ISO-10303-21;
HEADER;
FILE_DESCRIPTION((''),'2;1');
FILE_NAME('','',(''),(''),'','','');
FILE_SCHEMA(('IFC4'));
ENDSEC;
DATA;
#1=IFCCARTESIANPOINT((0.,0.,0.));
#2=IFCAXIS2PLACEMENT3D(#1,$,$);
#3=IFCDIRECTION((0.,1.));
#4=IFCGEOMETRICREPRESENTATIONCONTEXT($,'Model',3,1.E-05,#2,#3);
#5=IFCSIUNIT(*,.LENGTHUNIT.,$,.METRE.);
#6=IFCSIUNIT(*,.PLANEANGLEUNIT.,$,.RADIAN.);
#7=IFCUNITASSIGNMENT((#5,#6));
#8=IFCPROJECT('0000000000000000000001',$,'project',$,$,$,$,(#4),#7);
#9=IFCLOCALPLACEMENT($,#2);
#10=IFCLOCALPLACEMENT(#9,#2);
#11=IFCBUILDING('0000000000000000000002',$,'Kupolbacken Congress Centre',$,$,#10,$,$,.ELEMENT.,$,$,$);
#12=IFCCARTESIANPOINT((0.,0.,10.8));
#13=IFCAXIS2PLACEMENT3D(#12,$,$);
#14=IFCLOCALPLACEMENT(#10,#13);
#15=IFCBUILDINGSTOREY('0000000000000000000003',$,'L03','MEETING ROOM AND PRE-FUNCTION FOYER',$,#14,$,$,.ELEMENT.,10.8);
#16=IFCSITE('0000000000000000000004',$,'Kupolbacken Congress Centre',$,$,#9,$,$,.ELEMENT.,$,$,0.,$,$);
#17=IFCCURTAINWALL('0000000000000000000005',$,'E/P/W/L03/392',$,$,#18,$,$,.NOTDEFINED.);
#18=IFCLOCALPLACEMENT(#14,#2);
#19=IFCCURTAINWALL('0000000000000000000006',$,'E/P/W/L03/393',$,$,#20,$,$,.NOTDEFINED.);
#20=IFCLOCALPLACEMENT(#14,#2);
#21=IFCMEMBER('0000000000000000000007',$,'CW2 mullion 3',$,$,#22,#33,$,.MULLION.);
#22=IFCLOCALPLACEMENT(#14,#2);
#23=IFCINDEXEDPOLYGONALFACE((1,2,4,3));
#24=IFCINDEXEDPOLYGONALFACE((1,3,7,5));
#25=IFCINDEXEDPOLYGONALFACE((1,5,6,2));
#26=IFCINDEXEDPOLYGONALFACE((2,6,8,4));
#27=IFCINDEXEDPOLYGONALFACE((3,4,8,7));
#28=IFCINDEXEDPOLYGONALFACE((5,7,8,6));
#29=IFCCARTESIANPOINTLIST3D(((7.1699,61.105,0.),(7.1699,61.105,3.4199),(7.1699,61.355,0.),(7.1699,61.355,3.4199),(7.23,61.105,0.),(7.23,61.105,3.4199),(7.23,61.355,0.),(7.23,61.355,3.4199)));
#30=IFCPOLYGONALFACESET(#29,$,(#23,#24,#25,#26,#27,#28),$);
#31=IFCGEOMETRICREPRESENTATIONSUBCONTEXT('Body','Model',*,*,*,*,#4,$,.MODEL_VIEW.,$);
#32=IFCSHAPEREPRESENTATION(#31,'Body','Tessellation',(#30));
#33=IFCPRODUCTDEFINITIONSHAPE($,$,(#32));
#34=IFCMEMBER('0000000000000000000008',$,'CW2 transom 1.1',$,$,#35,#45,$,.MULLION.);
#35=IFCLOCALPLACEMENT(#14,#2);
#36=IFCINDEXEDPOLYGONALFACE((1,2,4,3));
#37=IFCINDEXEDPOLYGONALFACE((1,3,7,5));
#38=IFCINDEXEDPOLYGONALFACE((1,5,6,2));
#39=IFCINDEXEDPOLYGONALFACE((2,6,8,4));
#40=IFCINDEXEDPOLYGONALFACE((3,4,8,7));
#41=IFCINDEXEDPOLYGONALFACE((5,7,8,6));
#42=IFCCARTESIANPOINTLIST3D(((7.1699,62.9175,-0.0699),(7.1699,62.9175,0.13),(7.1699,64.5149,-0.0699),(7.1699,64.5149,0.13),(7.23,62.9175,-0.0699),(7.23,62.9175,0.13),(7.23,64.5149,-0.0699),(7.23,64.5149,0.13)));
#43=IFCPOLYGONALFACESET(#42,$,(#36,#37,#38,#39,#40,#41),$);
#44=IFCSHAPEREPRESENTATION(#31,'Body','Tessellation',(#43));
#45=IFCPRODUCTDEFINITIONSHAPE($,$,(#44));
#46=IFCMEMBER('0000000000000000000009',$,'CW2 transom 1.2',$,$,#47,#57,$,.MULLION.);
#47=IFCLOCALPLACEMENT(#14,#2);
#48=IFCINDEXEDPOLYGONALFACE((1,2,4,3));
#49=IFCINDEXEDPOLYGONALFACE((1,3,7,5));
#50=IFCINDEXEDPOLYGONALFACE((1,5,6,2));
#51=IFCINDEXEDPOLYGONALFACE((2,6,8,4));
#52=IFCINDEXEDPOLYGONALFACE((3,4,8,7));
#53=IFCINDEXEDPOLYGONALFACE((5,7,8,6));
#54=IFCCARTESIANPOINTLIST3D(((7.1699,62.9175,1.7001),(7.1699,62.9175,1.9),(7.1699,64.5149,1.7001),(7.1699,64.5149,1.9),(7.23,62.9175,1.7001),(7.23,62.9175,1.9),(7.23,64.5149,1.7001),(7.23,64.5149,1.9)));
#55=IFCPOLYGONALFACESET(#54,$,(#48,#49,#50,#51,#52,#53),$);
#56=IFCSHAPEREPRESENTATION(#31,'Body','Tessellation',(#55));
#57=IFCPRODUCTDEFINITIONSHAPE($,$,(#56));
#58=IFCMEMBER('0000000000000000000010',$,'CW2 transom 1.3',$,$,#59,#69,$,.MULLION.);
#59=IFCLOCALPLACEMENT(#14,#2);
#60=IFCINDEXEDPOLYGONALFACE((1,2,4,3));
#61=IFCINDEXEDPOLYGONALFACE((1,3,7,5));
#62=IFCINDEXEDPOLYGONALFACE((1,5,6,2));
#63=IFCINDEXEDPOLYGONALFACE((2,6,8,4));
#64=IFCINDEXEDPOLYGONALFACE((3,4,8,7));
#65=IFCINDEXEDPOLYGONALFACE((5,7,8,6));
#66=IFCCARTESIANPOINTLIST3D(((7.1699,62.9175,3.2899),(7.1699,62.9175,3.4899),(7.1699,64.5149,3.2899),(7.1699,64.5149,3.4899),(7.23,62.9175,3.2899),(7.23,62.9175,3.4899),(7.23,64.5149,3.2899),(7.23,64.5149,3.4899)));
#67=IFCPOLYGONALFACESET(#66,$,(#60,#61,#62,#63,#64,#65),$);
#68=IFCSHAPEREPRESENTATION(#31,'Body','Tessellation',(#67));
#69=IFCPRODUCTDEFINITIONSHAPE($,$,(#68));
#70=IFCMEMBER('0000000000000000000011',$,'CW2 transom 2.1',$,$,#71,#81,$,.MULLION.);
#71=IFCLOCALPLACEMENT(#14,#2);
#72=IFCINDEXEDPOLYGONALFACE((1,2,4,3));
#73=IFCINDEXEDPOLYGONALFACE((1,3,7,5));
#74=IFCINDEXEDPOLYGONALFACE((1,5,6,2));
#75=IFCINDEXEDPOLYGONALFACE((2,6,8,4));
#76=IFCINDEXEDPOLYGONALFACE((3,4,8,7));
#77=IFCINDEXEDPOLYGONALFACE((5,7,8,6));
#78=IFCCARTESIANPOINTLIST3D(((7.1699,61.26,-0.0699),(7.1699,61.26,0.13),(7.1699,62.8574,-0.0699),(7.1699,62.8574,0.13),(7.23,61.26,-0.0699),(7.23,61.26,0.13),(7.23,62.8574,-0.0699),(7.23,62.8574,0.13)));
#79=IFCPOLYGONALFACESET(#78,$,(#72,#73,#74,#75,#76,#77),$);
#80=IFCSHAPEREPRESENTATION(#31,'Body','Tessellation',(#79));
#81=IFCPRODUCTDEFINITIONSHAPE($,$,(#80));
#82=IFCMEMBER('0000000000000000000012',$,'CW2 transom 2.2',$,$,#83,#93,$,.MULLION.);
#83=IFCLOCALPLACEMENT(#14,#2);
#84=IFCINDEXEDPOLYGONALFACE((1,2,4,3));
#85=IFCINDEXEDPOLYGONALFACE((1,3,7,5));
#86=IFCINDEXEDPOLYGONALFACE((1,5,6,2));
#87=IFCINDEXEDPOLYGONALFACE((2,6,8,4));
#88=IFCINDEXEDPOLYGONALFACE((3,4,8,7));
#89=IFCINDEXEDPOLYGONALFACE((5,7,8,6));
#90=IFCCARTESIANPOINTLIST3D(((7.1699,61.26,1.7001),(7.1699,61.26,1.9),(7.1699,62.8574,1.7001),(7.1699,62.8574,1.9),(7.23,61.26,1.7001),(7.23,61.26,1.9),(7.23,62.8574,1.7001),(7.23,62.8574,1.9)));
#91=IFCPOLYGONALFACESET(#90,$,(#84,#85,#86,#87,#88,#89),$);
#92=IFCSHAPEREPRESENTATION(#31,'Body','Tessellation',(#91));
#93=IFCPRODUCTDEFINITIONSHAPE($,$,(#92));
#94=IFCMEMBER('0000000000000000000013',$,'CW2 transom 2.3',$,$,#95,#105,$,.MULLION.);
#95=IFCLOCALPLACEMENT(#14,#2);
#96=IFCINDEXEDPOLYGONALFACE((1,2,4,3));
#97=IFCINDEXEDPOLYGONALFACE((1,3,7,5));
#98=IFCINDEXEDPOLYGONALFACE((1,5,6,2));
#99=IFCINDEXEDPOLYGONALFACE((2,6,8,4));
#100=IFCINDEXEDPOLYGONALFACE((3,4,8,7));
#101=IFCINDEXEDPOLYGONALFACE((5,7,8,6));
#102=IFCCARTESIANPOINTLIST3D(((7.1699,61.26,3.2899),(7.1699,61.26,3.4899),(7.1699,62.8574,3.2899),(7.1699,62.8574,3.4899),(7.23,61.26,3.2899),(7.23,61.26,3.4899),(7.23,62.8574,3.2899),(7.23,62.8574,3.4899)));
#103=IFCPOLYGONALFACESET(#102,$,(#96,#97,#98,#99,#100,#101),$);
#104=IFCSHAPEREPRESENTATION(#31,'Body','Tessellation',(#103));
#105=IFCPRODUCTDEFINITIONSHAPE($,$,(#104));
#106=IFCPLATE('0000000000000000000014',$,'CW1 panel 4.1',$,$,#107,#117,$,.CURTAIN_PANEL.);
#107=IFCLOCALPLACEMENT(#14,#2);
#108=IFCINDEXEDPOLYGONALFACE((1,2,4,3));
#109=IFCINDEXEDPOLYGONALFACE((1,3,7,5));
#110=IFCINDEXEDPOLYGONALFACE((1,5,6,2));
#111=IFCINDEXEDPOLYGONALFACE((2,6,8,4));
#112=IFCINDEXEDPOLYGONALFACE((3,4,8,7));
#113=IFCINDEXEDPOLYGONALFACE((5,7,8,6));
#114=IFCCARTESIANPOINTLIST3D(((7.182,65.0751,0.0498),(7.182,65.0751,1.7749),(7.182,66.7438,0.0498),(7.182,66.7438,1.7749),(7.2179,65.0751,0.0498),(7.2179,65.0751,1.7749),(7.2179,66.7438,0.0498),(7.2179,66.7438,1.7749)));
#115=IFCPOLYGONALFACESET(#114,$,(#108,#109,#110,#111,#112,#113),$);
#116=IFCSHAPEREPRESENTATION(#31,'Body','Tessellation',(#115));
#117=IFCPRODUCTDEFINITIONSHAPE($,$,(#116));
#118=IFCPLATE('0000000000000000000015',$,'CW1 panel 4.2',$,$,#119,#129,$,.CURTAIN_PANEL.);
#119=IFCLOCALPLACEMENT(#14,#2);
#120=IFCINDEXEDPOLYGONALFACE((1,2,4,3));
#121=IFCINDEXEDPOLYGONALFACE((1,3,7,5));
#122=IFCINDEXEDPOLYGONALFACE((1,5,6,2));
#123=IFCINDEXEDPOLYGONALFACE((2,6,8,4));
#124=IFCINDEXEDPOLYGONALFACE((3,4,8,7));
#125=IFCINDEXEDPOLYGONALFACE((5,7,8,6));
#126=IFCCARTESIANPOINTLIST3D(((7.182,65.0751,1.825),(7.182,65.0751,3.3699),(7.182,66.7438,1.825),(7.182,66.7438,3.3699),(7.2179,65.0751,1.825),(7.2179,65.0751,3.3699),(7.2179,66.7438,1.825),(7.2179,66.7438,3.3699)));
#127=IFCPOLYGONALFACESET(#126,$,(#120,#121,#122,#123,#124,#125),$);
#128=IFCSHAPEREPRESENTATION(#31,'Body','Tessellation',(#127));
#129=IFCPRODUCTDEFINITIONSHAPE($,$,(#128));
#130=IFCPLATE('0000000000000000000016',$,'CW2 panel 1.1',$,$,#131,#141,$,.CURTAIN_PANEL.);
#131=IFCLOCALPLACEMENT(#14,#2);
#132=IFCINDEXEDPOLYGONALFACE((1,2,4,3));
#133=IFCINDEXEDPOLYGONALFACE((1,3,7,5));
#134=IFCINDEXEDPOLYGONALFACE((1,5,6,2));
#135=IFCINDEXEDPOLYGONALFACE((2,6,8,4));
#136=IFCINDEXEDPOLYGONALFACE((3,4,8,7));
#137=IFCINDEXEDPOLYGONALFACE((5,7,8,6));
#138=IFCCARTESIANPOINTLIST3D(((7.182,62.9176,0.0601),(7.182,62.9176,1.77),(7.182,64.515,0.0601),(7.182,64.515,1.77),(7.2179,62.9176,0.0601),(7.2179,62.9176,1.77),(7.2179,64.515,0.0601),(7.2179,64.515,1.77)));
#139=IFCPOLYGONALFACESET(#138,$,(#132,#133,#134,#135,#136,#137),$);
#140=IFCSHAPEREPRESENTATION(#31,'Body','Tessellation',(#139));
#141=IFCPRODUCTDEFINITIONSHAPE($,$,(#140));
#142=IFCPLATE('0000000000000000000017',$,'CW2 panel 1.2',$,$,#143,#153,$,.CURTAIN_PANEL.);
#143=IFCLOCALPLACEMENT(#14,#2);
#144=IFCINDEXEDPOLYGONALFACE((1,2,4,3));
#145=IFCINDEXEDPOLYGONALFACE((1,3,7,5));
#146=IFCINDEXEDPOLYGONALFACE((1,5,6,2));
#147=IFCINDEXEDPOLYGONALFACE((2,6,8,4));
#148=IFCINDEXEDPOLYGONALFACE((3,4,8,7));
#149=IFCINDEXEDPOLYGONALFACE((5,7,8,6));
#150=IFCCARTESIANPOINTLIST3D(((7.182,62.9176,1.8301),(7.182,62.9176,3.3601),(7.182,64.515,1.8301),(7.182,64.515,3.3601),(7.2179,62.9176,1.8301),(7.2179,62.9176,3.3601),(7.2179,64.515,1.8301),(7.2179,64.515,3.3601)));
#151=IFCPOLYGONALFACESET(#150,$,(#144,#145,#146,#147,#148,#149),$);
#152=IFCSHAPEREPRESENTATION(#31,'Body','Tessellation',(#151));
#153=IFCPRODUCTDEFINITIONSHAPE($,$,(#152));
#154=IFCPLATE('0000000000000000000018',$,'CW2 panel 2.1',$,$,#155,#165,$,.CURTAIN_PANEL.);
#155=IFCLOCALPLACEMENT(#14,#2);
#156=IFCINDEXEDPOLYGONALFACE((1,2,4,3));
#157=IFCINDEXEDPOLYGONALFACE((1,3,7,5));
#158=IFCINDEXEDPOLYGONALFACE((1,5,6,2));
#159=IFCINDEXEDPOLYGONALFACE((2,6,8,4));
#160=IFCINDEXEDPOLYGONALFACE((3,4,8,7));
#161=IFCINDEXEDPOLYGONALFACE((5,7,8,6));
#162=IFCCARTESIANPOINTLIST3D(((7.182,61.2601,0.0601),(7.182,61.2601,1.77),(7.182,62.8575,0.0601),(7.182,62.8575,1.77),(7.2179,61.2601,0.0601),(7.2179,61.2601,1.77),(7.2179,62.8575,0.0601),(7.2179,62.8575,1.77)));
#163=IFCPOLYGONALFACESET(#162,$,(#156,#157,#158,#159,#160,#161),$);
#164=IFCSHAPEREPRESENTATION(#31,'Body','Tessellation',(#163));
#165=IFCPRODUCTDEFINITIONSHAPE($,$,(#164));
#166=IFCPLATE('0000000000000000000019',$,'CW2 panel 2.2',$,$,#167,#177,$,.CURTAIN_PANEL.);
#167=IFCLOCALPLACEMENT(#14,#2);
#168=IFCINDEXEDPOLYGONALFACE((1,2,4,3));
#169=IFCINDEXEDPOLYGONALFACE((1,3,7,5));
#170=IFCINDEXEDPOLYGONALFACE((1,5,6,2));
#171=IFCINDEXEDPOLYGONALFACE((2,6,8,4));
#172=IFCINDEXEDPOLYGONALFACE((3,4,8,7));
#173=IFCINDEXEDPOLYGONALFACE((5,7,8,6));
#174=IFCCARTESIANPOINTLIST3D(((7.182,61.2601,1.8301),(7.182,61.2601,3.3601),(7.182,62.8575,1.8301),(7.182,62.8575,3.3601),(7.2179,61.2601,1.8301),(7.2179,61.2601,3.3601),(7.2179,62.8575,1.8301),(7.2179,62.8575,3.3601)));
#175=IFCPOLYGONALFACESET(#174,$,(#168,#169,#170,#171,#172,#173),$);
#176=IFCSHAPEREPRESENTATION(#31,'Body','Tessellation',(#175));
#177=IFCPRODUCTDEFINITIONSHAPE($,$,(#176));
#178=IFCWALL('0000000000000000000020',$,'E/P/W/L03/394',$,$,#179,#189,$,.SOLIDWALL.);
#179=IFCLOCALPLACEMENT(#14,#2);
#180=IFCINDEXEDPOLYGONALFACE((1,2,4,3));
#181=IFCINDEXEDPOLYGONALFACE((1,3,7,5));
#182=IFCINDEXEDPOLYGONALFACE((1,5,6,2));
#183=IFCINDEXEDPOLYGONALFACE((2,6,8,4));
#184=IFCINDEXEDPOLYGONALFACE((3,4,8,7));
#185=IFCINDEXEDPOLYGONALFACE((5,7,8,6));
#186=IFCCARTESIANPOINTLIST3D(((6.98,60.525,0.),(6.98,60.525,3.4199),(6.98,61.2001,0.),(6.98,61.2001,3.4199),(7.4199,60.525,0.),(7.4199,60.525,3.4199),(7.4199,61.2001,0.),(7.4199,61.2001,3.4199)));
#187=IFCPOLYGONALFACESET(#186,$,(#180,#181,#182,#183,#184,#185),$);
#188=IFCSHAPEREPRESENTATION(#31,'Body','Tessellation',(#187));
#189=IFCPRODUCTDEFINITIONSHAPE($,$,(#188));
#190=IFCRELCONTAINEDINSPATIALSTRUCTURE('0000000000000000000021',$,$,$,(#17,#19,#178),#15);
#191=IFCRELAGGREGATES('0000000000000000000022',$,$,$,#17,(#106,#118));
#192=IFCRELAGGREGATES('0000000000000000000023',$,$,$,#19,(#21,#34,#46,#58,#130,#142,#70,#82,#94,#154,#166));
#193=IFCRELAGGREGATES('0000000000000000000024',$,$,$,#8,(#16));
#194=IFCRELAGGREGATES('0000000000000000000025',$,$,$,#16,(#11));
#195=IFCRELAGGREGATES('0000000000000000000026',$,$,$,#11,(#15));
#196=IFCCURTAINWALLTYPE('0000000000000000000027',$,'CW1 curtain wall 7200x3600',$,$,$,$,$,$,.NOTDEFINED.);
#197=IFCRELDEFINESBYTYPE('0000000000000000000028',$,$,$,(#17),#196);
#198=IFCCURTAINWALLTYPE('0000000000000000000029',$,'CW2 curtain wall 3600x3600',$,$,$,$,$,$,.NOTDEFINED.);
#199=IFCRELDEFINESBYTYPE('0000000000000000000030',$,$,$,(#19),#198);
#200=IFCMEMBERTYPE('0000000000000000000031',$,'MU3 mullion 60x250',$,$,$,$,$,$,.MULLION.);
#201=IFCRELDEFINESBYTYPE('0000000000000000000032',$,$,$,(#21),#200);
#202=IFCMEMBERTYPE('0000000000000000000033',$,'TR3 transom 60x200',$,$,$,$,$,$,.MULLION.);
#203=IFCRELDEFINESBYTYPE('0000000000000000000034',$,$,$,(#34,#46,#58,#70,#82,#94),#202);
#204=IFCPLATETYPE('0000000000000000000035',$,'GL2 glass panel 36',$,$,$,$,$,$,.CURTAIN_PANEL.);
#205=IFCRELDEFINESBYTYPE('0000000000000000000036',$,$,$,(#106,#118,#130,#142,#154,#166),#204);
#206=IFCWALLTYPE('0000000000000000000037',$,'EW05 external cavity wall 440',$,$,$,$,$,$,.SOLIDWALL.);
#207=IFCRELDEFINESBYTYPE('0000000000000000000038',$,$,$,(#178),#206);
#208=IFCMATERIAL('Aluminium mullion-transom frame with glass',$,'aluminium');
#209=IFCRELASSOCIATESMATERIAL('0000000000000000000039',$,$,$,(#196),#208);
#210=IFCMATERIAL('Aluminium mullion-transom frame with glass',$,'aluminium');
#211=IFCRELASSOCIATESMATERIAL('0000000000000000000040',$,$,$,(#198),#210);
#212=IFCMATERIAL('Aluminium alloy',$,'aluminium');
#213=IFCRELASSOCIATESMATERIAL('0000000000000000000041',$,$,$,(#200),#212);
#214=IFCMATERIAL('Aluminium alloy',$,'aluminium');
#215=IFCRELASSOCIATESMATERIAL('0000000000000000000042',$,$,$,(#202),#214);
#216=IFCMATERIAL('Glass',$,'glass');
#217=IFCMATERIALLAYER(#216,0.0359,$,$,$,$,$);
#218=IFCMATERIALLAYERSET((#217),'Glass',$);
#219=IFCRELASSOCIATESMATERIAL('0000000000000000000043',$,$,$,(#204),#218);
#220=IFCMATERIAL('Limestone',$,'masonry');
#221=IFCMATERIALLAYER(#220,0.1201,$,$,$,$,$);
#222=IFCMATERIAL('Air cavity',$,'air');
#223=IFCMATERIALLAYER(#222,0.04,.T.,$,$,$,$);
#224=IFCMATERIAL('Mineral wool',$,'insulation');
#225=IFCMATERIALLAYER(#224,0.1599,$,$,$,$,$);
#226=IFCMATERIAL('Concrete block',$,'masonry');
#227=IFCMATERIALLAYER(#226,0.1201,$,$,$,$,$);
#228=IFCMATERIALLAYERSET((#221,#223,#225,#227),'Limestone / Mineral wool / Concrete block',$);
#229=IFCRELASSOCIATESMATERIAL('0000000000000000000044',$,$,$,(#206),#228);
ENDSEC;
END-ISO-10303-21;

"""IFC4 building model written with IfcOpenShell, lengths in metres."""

from ifc_helpers import new_model, si_unit, direction, frame, frame_2d, origin, origin_2d, place, context, subcontext, project, spatial, rectangle, extrude, material, layer, layer_set, material_profile, profile_set, type_object, element, aggregate, save


model = new_model("IFC4")

# Units and contexts
model_context = context("Model", 3, precision=1e-05, world=origin(), true_north=direction((0.0, 1.0)))
body_context = subcontext(model_context, "Body", "Model", "MODEL_VIEW")
ifc_project = project(units=[si_unit("LENGTHUNIT", "METRE"), si_unit("PLANEANGLEUNIT", "RADIAN")], contexts=[model_context])

# Site, building, storey
site_placement = place(None, origin())
site = spatial("IfcSite", under=ifc_project, at=site_placement, Name="Kupolbacken Congress Centre", CompositionType="ELEMENT", RefElevation=0.0)
building_placement = place(site_placement, origin())
building = spatial("IfcBuilding", under=site, at=building_placement, Name="Kupolbacken Congress Centre", CompositionType="ELEMENT")
storey_placement = place(building_placement, frame((0.0, 0.0, 10.8)))
storey = spatial("IfcBuildingStorey", under=building, at=storey_placement, Name="L03", Description="MEETING ROOM AND PRE-FUNCTION FOYER", CompositionType="ELEMENT", Elevation=10.8)

# Curtain wall
ifc_material_1 = material(Name="Aluminium mullion-transom frame with glass", Category="aluminium")
curtain_wall_type_1 = type_object("IfcCurtainWallType", Name="CW1 curtain wall 7200x3600", PredefinedType="NOTDEFINED", material=ifc_material_1)
curtain_wall_1_placement = place(storey_placement, origin())
curtain_wall_1 = element("IfcCurtainWall", 1, at=curtain_wall_1_placement, inside=storey, type_object=curtain_wall_type_1, Name="E/P/W/L03/392", PredefinedType="NOTDEFINED")

# Curtain wall, members
ifc_material_2 = material(Name="Aluminium mullion-transom frame with glass", Category="aluminium")
curtain_wall_type_2 = type_object("IfcCurtainWallType", Name="CW2 curtain wall 3600x3600", PredefinedType="NOTDEFINED", material=ifc_material_2)
curtain_wall_2_placement = place(storey_placement, origin())
curtain_wall_2 = element("IfcCurtainWall", 2, at=curtain_wall_2_placement, inside=storey, type_object=curtain_wall_type_2, Name="E/P/W/L03/393", PredefinedType="NOTDEFINED")
ifc_material_3 = material(Name="Aluminium alloy", Category="aluminium")
ifc_material_profile_1 = material_profile(ifc_material_3, rectangle(XDim=0.0601, YDim=0.25, at=origin_2d()), Name="60 x 250")
ifc_profile_set_1 = profile_set([ifc_material_profile_1], Name="Aluminium alloy")
member_type_1 = type_object("IfcMemberType", Name="MU3 mullion 60x250", PredefinedType="MULLION", material=ifc_profile_set_1)
member_1_placement = place(storey_placement, frame((7.2, 61.23, 0.0), z_axis=(0.0, 0.0, 1.0), x_axis=(1.0, 0.0, 0.0)))
member_1 = element("IfcMember", 3, at=member_1_placement, type_object=member_type_1, Name="CW2 mullion 3", PredefinedType="MULLION", context=body_context, shape_type="SweptSolid", body=[
    extrude(rectangle(XDim=0.0601, YDim=0.25, at=origin_2d()), origin(), (0.0, 0.0, 1.0), 3.4199),
])
ifc_material_4 = material(Name="Aluminium alloy", Category="aluminium")
ifc_material_profile_2 = material_profile(ifc_material_4, rectangle(XDim=0.0601, YDim=0.2, at=origin_2d()), Name="60 x 200")
ifc_profile_set_2 = profile_set([ifc_material_profile_2], Name="Aluminium alloy")
member_type_2 = type_object("IfcMemberType", Name="TR3 transom 60x200", PredefinedType="MULLION", material=ifc_profile_set_2)
member_2_placement = place(storey_placement, frame((7.2, 64.5149, 0.03), z_axis=(0.0, -1.0, 0.0), x_axis=(1.0, 0.0, 0.0)))
member_2 = element("IfcMember", 4, at=member_2_placement, type_object=member_type_2, Name="CW2 transom 1.1", PredefinedType="MULLION", context=body_context, shape_type="SweptSolid", body=[
    extrude(rectangle(XDim=0.0601, YDim=0.2, at=origin_2d()), origin(), (0.0, 0.0, 1.0), 1.5974),
])
member_3_placement = place(storey_placement, frame((7.2, 64.5149, 1.8), z_axis=(0.0, -1.0, 0.0), x_axis=(1.0, 0.0, 0.0)))
member_3 = element("IfcMember", 5, at=member_3_placement, type_object=member_type_2, Name="CW2 transom 1.2", PredefinedType="MULLION", context=body_context, shape_type="SweptSolid", body=[
    extrude(rectangle(XDim=0.0601, YDim=0.2, at=origin_2d()), origin(), (0.0, 0.0, 1.0), 1.5974),
])
member_4_placement = place(storey_placement, frame((7.2, 64.5149, 3.3899), z_axis=(0.0, -1.0, 0.0), x_axis=(1.0, 0.0, 0.0)))
member_4 = element("IfcMember", 6, at=member_4_placement, type_object=member_type_2, Name="CW2 transom 1.3", PredefinedType="MULLION", context=body_context, shape_type="SweptSolid", body=[
    extrude(rectangle(XDim=0.0601, YDim=0.2, at=origin_2d()), origin(), (0.0, 0.0, 1.0), 1.5974),
])
member_5_placement = place(storey_placement, frame((7.2, 62.8574, 0.03), z_axis=(0.0, -1.0, 0.0), x_axis=(1.0, 0.0, 0.0)))
member_5 = element("IfcMember", 7, at=member_5_placement, type_object=member_type_2, Name="CW2 transom 2.1", PredefinedType="MULLION", context=body_context, shape_type="SweptSolid", body=[
    extrude(rectangle(XDim=0.0601, YDim=0.2, at=origin_2d()), origin(), (0.0, 0.0, 1.0), 1.5974),
])
member_6_placement = place(storey_placement, frame((7.2, 62.8574, 1.8), z_axis=(0.0, -1.0, 0.0), x_axis=(1.0, 0.0, 0.0)))
member_6 = element("IfcMember", 8, at=member_6_placement, type_object=member_type_2, Name="CW2 transom 2.2", PredefinedType="MULLION", context=body_context, shape_type="SweptSolid", body=[
    extrude(rectangle(XDim=0.0601, YDim=0.2, at=origin_2d()), origin(), (0.0, 0.0, 1.0), 1.5974),
])
member_7_placement = place(storey_placement, frame((7.2, 62.8574, 3.3899), z_axis=(0.0, -1.0, 0.0), x_axis=(1.0, 0.0, 0.0)))
member_7 = element("IfcMember", 9, at=member_7_placement, type_object=member_type_2, Name="CW2 transom 2.3", PredefinedType="MULLION", context=body_context, shape_type="SweptSolid", body=[
    extrude(rectangle(XDim=0.0601, YDim=0.2, at=origin_2d()), origin(), (0.0, 0.0, 1.0), 1.5974),
])

# Plates
ifc_material_5 = material(Name="Glass", Category="glass")
ifc_layer_1 = layer(ifc_material_5, 0.0359)
ifc_layer_set_1 = layer_set([ifc_layer_1], Name="Glass")
plate_type = type_object("IfcPlateType", Name="GL2 glass panel 36", PredefinedType="CURTAIN_PANEL", material=ifc_layer_set_1)
plate_1_placement = place(storey_placement, frame((7.2, 65.9094, 0.0498), z_axis=(0.0, 0.0, 1.0), x_axis=(0.0, -1.0, 0.0)))
plate_1 = element("IfcPlate", 10, at=plate_1_placement, type_object=plate_type, Name="CW1 panel 4.1", PredefinedType="CURTAIN_PANEL", context=body_context, shape_type="SweptSolid", body=[
    extrude(rectangle(XDim=1.6687, YDim=0.0359, at=origin_2d()), origin(), (0.0, 0.0, 1.0), 1.7251),
])
plate_2_placement = place(storey_placement, frame((7.2, 65.9094, 1.825), z_axis=(0.0, 0.0, 1.0), x_axis=(0.0, -1.0, 0.0)))
plate_2 = element("IfcPlate", 11, at=plate_2_placement, type_object=plate_type, Name="CW1 panel 4.2", PredefinedType="CURTAIN_PANEL", context=body_context, shape_type="SweptSolid", body=[
    extrude(rectangle(XDim=1.6687, YDim=0.0359, at=origin_2d()), origin(), (0.0, 0.0, 1.0), 1.5449),
])
aggregate(curtain_wall_1, [plate_1, plate_2])
plate_3_placement = place(storey_placement, frame((7.2, 63.7163, 0.0601), z_axis=(0.0, 0.0, 1.0), x_axis=(0.0, -1.0, 0.0)))
plate_3 = element("IfcPlate", 12, at=plate_3_placement, type_object=plate_type, Name="CW2 panel 1.1", PredefinedType="CURTAIN_PANEL", context=body_context, shape_type="SweptSolid", body=[
    extrude(rectangle(XDim=1.5974, YDim=0.0359, at=origin_2d()), origin(), (0.0, 0.0, 1.0), 1.71),
])
plate_4_placement = place(storey_placement, frame((7.2, 63.7163, 1.8301), z_axis=(0.0, 0.0, 1.0), x_axis=(0.0, -1.0, 0.0)))
plate_4 = element("IfcPlate", 13, at=plate_4_placement, type_object=plate_type, Name="CW2 panel 1.2", PredefinedType="CURTAIN_PANEL", context=body_context, shape_type="SweptSolid", body=[
    extrude(rectangle(XDim=1.5974, YDim=0.0359, at=origin_2d()), origin(), (0.0, 0.0, 1.0), 1.53),
])
plate_5_placement = place(storey_placement, frame((7.2, 62.0588, 0.0601), z_axis=(0.0, 0.0, 1.0), x_axis=(0.0, -1.0, 0.0)))
plate_5 = element("IfcPlate", 14, at=plate_5_placement, type_object=plate_type, Name="CW2 panel 2.1", PredefinedType="CURTAIN_PANEL", context=body_context, shape_type="SweptSolid", body=[
    extrude(rectangle(XDim=1.5974, YDim=0.0359, at=origin_2d()), origin(), (0.0, 0.0, 1.0), 1.71),
])
plate_6_placement = place(storey_placement, frame((7.2, 62.0588, 1.8301), z_axis=(0.0, 0.0, 1.0), x_axis=(0.0, -1.0, 0.0)))
plate_6 = element("IfcPlate", 15, at=plate_6_placement, type_object=plate_type, Name="CW2 panel 2.2", PredefinedType="CURTAIN_PANEL", context=body_context, shape_type="SweptSolid", body=[
    extrude(rectangle(XDim=1.5974, YDim=0.0359, at=origin_2d()), origin(), (0.0, 0.0, 1.0), 1.53),
])
aggregate(curtain_wall_2, [member_1, member_2, member_3, member_4, plate_3, plate_4, member_5, member_6, member_7, plate_5, plate_6])

# Wall
ifc_material_6 = material(Name="Limestone", Category="masonry")
ifc_layer_2 = layer(ifc_material_6, 0.1201)
ifc_material_7 = material(Name="Air cavity", Category="air")
ifc_layer_3 = layer(ifc_material_7, 0.04, ventilated=True)
ifc_material_8 = material(Name="Mineral wool", Category="insulation")
ifc_layer_4 = layer(ifc_material_8, 0.1599)
ifc_material_9 = material(Name="Concrete block", Category="masonry")
ifc_layer_5 = layer(ifc_material_9, 0.1201)
ifc_layer_set_2 = layer_set([ifc_layer_2, ifc_layer_3, ifc_layer_4, ifc_layer_5], Name="Limestone / Mineral wool / Concrete block")
wall_type_1 = type_object("IfcWallType", Name="EW05 external cavity wall 440", PredefinedType="SOLIDWALL", material=ifc_layer_set_2)
wall_1_placement = place(storey_placement, frame((7.2, 61.2, 0.0), z_axis=(0.0, 0.0, 1.0), x_axis=(0.0, -1.0, 0.0)))
element("IfcWall", 16, at=wall_1_placement, inside=storey, type_object=wall_type_1, Name="E/P/W/L03/394", PredefinedType="SOLIDWALL", context=body_context, shape_type="SweptSolid", body=[
    extrude(rectangle(XDim=0.675, YDim=0.4399, at=frame_2d((0.3374, 0.0))), origin(), (0.0, 0.0, 1.0), 3.4199),
])

save(model, "model.ifc")
